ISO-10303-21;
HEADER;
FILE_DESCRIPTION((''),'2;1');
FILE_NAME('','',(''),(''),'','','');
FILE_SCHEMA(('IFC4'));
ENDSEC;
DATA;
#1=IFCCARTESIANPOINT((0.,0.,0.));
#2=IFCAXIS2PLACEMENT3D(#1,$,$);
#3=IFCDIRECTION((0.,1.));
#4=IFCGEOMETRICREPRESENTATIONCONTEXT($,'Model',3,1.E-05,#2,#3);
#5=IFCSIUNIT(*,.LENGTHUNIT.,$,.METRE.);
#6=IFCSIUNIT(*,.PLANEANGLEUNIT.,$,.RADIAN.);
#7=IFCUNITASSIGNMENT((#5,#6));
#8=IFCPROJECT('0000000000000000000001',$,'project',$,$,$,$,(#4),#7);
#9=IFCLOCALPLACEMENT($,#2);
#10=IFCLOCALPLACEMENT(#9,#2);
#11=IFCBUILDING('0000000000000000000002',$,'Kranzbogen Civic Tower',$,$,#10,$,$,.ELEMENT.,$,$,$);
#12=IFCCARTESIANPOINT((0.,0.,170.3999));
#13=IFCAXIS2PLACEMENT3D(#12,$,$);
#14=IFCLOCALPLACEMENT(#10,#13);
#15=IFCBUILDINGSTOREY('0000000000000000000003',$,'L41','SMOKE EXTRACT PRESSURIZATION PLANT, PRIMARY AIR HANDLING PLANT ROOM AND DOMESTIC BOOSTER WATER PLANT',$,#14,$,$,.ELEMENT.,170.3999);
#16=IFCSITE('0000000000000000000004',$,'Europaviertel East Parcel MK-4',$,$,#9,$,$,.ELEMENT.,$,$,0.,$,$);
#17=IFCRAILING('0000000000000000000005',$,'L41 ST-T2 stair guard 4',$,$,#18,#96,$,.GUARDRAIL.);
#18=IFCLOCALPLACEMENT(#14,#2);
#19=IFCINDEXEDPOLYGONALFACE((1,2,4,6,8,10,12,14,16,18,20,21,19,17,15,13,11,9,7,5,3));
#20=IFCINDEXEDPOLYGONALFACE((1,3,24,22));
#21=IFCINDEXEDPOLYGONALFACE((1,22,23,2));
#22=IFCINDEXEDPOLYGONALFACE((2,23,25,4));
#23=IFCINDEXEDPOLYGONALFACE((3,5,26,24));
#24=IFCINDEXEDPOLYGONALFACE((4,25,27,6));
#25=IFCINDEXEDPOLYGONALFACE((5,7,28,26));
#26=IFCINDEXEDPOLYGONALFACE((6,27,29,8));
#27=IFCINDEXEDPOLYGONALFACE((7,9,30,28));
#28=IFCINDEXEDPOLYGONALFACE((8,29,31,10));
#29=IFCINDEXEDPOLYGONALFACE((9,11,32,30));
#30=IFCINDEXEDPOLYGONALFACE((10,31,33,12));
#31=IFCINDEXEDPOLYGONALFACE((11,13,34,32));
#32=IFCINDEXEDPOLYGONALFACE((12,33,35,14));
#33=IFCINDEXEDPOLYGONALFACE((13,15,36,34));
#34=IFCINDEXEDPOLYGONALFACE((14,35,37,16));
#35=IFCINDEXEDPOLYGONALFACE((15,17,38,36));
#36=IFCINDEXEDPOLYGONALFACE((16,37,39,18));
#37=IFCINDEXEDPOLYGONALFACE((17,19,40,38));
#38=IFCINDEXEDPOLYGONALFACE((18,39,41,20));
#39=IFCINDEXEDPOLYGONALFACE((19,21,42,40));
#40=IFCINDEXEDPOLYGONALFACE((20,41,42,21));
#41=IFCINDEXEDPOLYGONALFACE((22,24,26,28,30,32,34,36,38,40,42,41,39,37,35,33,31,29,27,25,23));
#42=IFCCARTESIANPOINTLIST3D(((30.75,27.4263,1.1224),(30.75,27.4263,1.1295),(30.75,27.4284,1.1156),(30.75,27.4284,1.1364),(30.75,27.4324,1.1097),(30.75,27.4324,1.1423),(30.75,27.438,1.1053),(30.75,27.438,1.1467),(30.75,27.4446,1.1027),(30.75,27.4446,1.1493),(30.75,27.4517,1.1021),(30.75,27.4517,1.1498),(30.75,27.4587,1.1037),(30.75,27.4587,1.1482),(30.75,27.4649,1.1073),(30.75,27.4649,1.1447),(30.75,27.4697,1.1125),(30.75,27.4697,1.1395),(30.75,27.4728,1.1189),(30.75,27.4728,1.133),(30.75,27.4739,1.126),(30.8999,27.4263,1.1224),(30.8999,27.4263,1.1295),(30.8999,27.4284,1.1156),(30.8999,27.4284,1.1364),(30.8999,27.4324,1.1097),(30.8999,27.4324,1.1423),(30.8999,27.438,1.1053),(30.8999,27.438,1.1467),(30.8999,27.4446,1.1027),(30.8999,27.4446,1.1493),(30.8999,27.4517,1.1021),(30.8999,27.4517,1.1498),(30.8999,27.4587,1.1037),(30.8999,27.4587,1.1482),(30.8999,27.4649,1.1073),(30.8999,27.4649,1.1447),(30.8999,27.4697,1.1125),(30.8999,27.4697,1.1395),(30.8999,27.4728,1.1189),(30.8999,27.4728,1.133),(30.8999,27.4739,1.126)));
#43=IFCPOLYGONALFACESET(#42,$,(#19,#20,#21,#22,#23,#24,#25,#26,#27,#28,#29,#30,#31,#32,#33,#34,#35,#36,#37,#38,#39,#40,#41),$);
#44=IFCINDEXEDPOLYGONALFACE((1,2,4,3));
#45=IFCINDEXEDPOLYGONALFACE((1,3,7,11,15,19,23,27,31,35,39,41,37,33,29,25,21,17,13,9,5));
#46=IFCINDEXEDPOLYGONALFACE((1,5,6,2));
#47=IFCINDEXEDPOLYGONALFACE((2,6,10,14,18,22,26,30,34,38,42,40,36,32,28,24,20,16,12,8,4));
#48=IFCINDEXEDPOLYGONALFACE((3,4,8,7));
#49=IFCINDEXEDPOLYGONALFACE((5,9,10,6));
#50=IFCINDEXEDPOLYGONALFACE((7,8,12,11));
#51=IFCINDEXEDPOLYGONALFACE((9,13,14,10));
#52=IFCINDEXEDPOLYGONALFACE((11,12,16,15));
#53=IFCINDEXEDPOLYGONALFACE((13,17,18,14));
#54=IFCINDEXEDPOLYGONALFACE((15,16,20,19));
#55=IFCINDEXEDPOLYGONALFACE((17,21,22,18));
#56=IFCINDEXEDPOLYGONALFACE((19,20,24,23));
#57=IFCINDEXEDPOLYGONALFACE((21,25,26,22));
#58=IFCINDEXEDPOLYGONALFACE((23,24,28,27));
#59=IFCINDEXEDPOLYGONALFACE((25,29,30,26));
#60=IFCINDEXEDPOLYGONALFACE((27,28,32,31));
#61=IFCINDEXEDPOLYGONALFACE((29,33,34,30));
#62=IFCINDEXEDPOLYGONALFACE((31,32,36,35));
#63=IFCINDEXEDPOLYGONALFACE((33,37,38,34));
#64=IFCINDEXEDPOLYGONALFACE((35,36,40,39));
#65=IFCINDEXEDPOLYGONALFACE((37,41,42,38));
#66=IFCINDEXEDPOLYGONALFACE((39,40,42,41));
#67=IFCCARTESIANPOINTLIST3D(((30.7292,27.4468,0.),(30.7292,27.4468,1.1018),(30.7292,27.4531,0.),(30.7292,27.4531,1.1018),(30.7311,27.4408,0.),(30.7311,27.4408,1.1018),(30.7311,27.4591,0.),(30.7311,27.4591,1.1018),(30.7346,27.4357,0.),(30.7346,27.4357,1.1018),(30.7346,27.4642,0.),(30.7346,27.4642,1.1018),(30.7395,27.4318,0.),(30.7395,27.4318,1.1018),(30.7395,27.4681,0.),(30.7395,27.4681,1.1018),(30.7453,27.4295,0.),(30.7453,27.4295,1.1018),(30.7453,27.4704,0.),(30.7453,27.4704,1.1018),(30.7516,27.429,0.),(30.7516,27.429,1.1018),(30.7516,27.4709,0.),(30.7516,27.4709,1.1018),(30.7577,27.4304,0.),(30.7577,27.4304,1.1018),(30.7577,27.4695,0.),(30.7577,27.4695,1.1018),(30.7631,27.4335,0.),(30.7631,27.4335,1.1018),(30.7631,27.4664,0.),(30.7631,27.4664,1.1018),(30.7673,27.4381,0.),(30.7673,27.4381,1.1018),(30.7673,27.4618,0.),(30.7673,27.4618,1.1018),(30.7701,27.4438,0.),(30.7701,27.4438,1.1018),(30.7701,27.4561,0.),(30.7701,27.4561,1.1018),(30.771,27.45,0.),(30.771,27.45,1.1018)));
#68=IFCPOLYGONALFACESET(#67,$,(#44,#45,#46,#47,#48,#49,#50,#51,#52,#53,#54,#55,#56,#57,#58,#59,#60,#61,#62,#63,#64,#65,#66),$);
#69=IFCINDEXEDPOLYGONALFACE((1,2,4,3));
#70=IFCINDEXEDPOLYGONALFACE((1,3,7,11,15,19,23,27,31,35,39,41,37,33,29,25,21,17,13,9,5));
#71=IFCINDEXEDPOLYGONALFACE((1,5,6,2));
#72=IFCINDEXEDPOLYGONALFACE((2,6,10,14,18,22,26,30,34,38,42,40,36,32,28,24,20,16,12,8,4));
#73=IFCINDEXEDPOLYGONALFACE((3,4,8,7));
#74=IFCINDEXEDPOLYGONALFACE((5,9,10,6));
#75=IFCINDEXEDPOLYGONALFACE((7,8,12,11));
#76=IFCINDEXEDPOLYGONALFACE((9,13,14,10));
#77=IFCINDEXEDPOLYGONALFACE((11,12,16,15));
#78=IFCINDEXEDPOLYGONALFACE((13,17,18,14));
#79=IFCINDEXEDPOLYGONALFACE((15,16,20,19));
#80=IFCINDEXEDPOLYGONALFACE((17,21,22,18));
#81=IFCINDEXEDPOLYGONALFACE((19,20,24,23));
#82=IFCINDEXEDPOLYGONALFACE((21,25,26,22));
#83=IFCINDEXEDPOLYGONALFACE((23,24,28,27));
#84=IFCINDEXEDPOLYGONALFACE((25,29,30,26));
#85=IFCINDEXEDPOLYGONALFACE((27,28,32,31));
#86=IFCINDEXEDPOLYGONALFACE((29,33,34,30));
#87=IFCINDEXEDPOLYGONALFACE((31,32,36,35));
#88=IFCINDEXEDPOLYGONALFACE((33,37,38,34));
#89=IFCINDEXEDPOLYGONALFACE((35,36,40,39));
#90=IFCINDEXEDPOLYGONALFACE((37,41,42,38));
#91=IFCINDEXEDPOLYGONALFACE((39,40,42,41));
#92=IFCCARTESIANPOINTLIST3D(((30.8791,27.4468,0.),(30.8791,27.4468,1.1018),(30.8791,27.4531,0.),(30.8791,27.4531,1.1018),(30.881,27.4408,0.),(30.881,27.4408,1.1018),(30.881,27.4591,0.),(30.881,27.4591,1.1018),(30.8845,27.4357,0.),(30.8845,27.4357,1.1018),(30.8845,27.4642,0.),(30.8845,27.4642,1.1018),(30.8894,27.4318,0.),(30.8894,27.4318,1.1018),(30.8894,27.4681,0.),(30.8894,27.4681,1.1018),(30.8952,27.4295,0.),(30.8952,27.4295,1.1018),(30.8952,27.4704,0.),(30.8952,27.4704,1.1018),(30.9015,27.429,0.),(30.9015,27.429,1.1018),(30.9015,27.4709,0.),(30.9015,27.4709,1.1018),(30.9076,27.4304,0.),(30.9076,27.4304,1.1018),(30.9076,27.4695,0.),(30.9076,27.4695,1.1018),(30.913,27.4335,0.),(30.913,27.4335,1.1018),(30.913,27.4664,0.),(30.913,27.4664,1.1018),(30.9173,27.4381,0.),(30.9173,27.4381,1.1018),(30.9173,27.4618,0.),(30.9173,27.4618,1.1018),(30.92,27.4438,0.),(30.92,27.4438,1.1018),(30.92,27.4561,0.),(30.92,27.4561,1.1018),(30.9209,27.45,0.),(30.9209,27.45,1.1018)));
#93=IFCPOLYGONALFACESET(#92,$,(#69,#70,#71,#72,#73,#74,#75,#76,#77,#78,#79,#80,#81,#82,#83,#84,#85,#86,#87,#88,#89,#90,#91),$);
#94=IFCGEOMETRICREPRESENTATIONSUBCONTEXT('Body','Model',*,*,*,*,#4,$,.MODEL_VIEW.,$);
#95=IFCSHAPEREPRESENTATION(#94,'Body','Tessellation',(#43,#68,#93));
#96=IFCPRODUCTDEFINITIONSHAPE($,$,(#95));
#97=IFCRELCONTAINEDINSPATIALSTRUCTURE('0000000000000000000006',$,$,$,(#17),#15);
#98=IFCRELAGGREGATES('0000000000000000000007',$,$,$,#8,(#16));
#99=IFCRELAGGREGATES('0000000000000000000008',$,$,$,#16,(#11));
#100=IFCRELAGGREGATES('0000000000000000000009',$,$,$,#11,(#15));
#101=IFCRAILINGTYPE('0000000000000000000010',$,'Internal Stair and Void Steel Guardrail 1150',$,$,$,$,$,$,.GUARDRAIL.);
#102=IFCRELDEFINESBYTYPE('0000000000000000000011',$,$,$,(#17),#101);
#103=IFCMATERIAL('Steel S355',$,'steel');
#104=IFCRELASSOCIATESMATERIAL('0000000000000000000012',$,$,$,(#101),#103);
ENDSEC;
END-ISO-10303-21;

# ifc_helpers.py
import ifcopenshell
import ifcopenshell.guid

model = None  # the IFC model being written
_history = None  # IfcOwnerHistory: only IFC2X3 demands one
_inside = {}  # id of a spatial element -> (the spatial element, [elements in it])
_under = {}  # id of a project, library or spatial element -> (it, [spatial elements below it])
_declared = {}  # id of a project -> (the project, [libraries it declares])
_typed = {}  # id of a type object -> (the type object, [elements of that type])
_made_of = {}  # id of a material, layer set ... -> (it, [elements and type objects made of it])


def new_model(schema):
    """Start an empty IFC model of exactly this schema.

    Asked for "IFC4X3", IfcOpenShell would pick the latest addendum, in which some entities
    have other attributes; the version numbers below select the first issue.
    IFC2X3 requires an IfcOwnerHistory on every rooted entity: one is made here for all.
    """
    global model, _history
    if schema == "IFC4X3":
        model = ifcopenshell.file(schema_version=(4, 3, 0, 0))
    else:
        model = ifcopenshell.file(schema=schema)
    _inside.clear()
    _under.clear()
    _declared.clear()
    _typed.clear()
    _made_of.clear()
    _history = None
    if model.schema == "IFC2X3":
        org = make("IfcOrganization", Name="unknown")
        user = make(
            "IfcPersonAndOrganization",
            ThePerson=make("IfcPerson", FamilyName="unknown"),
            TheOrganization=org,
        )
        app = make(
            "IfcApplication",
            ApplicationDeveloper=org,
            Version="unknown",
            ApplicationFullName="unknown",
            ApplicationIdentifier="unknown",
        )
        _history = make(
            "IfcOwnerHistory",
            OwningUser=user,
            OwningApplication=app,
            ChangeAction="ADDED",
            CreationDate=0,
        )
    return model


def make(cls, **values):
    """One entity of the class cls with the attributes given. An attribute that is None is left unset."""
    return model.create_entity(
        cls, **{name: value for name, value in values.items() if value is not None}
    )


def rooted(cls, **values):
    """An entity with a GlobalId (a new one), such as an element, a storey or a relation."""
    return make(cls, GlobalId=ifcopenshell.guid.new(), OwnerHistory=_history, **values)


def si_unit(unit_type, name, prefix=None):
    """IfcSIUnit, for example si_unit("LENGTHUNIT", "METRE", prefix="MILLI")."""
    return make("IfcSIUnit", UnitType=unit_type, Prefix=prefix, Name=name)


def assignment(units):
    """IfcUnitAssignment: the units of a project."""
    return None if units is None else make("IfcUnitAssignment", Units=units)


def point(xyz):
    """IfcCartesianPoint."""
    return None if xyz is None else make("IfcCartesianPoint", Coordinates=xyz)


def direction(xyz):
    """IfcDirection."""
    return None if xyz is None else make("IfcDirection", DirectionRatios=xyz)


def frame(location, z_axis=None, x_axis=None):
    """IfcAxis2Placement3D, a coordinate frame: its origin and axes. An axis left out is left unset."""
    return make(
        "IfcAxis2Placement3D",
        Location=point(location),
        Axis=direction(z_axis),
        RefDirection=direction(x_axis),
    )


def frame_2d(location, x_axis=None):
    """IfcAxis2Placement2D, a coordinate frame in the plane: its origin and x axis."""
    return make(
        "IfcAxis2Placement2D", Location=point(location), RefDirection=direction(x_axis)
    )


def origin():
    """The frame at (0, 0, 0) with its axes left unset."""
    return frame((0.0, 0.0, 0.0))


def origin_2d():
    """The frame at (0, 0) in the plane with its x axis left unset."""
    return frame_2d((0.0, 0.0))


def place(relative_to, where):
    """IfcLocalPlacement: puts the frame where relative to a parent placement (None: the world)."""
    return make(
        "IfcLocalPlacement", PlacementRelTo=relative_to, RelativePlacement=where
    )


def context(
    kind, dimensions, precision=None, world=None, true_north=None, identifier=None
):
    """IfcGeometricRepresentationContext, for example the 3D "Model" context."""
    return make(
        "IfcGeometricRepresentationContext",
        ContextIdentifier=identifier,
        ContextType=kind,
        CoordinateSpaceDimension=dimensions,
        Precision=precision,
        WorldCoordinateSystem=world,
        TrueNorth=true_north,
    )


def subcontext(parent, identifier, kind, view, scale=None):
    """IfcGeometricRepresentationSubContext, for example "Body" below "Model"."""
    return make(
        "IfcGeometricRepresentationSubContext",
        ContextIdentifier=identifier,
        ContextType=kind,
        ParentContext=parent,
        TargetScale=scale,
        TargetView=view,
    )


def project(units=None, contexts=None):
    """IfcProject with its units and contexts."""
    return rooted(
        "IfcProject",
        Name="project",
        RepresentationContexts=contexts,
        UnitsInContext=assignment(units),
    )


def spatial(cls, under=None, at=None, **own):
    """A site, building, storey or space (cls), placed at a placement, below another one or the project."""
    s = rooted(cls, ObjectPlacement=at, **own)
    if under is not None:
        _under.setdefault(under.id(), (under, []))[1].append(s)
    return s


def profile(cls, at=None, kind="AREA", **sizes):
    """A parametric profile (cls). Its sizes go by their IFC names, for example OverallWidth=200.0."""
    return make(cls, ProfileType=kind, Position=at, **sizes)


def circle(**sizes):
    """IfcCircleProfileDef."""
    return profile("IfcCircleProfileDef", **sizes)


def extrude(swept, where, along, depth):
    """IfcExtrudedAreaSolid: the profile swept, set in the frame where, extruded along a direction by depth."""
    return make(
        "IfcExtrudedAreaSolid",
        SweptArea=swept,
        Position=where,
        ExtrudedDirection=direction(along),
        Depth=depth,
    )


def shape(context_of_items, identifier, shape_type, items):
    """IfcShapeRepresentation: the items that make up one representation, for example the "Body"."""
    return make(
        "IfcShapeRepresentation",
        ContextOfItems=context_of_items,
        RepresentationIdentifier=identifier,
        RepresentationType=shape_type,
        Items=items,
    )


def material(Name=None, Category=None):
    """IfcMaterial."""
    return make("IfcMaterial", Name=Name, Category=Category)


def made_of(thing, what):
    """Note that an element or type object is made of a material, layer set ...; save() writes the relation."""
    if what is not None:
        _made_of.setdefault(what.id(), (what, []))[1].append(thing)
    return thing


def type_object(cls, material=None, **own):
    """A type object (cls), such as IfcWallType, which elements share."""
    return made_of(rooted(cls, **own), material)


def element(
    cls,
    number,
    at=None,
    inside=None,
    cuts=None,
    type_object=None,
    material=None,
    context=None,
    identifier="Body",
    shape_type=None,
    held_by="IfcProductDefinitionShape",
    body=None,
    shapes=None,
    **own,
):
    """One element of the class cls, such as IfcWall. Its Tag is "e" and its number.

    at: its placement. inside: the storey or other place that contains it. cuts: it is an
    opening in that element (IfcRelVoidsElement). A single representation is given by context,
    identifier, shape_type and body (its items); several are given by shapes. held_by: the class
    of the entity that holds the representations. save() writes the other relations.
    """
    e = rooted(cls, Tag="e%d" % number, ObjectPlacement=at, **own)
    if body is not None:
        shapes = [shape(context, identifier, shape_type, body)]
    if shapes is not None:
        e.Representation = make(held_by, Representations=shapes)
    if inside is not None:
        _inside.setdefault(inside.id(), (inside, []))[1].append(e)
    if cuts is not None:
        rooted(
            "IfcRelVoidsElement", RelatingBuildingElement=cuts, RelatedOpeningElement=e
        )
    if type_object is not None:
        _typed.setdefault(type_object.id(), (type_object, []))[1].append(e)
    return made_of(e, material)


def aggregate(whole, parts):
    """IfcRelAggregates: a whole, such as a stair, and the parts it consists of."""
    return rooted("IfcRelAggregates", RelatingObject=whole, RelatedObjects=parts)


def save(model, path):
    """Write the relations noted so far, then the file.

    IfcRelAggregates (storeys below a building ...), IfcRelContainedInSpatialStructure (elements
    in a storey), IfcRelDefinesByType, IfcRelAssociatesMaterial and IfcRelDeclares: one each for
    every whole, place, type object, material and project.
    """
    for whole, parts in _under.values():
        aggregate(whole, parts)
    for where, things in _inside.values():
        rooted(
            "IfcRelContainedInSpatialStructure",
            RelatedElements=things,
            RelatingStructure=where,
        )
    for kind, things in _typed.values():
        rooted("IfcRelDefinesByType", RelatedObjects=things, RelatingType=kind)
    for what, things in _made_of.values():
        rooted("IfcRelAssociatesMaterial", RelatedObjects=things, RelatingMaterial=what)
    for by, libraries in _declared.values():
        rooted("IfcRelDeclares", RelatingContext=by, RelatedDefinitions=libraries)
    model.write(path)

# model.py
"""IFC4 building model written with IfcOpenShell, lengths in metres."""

from ifc_helpers import new_model, si_unit, direction, frame, origin, origin_2d, place, context, subcontext, project, spatial, circle, extrude, material, type_object, element, save


model = new_model("IFC4")

# Units and contexts
model_context = context("Model", 3, precision=1e-05, world=origin(), true_north=direction((0.0, 1.0)))
body_context = subcontext(model_context, "Body", "Model", "MODEL_VIEW")
ifc_project = project(units=[si_unit("LENGTHUNIT", "METRE"), si_unit("PLANEANGLEUNIT", "RADIAN")], contexts=[model_context])

# Site, building, storey
site_placement = place(None, origin())
site = spatial("IfcSite", under=ifc_project, at=site_placement, Name="Europaviertel East Parcel MK-4", CompositionType="ELEMENT", RefElevation=0.0)
building_placement = place(site_placement, origin())
building = spatial("IfcBuilding", under=site, at=building_placement, Name="Kranzbogen Civic Tower", CompositionType="ELEMENT")
storey_placement = place(building_placement, frame((0.0, 0.0, 170.3999)))
storey = spatial("IfcBuildingStorey", under=building, at=storey_placement, Name="L41", Description="SMOKE EXTRACT PRESSURIZATION PLANT, PRIMARY AIR HANDLING PLANT ROOM AND DOMESTIC BOOSTER WATER PLANT", CompositionType="ELEMENT", Elevation=170.3999)

# Shared definitions
ifc_material_1 = material(Name="Steel S355", Category="steel")

# Railing
railing_type_1 = type_object("IfcRailingType", Name="Internal Stair and Void Steel Guardrail 1150", PredefinedType="GUARDRAIL", material=ifc_material_1)
railing_1_placement = place(storey_placement, frame((30.75, 27.45, 0.0)))
element("IfcRailing", 1, at=railing_1_placement, inside=storey, type_object=railing_type_1, Name="L41 ST-T2 stair guard 4", PredefinedType="GUARDRAIL", context=body_context, shape_type="SweptSolid", body=[
    extrude(circle(Radius=0.0239, at=origin_2d()), frame((0.0, 0.0, 1.126), z_axis=(1.0, 0.0, 0.0), x_axis=(0.0, 1.0, 0.0)), (0.0, 0.0, 1.0), 0.1499),
    extrude(circle(Radius=0.021, at=origin_2d()), origin(), (0.0, 0.0, 1.0), 1.1018),
    extrude(circle(Radius=0.021, at=origin_2d()), frame((0.1499, 0.0, 0.0)), (0.0, 0.0, 1.0), 1.1018),
])

save(model, "model.ifc")
